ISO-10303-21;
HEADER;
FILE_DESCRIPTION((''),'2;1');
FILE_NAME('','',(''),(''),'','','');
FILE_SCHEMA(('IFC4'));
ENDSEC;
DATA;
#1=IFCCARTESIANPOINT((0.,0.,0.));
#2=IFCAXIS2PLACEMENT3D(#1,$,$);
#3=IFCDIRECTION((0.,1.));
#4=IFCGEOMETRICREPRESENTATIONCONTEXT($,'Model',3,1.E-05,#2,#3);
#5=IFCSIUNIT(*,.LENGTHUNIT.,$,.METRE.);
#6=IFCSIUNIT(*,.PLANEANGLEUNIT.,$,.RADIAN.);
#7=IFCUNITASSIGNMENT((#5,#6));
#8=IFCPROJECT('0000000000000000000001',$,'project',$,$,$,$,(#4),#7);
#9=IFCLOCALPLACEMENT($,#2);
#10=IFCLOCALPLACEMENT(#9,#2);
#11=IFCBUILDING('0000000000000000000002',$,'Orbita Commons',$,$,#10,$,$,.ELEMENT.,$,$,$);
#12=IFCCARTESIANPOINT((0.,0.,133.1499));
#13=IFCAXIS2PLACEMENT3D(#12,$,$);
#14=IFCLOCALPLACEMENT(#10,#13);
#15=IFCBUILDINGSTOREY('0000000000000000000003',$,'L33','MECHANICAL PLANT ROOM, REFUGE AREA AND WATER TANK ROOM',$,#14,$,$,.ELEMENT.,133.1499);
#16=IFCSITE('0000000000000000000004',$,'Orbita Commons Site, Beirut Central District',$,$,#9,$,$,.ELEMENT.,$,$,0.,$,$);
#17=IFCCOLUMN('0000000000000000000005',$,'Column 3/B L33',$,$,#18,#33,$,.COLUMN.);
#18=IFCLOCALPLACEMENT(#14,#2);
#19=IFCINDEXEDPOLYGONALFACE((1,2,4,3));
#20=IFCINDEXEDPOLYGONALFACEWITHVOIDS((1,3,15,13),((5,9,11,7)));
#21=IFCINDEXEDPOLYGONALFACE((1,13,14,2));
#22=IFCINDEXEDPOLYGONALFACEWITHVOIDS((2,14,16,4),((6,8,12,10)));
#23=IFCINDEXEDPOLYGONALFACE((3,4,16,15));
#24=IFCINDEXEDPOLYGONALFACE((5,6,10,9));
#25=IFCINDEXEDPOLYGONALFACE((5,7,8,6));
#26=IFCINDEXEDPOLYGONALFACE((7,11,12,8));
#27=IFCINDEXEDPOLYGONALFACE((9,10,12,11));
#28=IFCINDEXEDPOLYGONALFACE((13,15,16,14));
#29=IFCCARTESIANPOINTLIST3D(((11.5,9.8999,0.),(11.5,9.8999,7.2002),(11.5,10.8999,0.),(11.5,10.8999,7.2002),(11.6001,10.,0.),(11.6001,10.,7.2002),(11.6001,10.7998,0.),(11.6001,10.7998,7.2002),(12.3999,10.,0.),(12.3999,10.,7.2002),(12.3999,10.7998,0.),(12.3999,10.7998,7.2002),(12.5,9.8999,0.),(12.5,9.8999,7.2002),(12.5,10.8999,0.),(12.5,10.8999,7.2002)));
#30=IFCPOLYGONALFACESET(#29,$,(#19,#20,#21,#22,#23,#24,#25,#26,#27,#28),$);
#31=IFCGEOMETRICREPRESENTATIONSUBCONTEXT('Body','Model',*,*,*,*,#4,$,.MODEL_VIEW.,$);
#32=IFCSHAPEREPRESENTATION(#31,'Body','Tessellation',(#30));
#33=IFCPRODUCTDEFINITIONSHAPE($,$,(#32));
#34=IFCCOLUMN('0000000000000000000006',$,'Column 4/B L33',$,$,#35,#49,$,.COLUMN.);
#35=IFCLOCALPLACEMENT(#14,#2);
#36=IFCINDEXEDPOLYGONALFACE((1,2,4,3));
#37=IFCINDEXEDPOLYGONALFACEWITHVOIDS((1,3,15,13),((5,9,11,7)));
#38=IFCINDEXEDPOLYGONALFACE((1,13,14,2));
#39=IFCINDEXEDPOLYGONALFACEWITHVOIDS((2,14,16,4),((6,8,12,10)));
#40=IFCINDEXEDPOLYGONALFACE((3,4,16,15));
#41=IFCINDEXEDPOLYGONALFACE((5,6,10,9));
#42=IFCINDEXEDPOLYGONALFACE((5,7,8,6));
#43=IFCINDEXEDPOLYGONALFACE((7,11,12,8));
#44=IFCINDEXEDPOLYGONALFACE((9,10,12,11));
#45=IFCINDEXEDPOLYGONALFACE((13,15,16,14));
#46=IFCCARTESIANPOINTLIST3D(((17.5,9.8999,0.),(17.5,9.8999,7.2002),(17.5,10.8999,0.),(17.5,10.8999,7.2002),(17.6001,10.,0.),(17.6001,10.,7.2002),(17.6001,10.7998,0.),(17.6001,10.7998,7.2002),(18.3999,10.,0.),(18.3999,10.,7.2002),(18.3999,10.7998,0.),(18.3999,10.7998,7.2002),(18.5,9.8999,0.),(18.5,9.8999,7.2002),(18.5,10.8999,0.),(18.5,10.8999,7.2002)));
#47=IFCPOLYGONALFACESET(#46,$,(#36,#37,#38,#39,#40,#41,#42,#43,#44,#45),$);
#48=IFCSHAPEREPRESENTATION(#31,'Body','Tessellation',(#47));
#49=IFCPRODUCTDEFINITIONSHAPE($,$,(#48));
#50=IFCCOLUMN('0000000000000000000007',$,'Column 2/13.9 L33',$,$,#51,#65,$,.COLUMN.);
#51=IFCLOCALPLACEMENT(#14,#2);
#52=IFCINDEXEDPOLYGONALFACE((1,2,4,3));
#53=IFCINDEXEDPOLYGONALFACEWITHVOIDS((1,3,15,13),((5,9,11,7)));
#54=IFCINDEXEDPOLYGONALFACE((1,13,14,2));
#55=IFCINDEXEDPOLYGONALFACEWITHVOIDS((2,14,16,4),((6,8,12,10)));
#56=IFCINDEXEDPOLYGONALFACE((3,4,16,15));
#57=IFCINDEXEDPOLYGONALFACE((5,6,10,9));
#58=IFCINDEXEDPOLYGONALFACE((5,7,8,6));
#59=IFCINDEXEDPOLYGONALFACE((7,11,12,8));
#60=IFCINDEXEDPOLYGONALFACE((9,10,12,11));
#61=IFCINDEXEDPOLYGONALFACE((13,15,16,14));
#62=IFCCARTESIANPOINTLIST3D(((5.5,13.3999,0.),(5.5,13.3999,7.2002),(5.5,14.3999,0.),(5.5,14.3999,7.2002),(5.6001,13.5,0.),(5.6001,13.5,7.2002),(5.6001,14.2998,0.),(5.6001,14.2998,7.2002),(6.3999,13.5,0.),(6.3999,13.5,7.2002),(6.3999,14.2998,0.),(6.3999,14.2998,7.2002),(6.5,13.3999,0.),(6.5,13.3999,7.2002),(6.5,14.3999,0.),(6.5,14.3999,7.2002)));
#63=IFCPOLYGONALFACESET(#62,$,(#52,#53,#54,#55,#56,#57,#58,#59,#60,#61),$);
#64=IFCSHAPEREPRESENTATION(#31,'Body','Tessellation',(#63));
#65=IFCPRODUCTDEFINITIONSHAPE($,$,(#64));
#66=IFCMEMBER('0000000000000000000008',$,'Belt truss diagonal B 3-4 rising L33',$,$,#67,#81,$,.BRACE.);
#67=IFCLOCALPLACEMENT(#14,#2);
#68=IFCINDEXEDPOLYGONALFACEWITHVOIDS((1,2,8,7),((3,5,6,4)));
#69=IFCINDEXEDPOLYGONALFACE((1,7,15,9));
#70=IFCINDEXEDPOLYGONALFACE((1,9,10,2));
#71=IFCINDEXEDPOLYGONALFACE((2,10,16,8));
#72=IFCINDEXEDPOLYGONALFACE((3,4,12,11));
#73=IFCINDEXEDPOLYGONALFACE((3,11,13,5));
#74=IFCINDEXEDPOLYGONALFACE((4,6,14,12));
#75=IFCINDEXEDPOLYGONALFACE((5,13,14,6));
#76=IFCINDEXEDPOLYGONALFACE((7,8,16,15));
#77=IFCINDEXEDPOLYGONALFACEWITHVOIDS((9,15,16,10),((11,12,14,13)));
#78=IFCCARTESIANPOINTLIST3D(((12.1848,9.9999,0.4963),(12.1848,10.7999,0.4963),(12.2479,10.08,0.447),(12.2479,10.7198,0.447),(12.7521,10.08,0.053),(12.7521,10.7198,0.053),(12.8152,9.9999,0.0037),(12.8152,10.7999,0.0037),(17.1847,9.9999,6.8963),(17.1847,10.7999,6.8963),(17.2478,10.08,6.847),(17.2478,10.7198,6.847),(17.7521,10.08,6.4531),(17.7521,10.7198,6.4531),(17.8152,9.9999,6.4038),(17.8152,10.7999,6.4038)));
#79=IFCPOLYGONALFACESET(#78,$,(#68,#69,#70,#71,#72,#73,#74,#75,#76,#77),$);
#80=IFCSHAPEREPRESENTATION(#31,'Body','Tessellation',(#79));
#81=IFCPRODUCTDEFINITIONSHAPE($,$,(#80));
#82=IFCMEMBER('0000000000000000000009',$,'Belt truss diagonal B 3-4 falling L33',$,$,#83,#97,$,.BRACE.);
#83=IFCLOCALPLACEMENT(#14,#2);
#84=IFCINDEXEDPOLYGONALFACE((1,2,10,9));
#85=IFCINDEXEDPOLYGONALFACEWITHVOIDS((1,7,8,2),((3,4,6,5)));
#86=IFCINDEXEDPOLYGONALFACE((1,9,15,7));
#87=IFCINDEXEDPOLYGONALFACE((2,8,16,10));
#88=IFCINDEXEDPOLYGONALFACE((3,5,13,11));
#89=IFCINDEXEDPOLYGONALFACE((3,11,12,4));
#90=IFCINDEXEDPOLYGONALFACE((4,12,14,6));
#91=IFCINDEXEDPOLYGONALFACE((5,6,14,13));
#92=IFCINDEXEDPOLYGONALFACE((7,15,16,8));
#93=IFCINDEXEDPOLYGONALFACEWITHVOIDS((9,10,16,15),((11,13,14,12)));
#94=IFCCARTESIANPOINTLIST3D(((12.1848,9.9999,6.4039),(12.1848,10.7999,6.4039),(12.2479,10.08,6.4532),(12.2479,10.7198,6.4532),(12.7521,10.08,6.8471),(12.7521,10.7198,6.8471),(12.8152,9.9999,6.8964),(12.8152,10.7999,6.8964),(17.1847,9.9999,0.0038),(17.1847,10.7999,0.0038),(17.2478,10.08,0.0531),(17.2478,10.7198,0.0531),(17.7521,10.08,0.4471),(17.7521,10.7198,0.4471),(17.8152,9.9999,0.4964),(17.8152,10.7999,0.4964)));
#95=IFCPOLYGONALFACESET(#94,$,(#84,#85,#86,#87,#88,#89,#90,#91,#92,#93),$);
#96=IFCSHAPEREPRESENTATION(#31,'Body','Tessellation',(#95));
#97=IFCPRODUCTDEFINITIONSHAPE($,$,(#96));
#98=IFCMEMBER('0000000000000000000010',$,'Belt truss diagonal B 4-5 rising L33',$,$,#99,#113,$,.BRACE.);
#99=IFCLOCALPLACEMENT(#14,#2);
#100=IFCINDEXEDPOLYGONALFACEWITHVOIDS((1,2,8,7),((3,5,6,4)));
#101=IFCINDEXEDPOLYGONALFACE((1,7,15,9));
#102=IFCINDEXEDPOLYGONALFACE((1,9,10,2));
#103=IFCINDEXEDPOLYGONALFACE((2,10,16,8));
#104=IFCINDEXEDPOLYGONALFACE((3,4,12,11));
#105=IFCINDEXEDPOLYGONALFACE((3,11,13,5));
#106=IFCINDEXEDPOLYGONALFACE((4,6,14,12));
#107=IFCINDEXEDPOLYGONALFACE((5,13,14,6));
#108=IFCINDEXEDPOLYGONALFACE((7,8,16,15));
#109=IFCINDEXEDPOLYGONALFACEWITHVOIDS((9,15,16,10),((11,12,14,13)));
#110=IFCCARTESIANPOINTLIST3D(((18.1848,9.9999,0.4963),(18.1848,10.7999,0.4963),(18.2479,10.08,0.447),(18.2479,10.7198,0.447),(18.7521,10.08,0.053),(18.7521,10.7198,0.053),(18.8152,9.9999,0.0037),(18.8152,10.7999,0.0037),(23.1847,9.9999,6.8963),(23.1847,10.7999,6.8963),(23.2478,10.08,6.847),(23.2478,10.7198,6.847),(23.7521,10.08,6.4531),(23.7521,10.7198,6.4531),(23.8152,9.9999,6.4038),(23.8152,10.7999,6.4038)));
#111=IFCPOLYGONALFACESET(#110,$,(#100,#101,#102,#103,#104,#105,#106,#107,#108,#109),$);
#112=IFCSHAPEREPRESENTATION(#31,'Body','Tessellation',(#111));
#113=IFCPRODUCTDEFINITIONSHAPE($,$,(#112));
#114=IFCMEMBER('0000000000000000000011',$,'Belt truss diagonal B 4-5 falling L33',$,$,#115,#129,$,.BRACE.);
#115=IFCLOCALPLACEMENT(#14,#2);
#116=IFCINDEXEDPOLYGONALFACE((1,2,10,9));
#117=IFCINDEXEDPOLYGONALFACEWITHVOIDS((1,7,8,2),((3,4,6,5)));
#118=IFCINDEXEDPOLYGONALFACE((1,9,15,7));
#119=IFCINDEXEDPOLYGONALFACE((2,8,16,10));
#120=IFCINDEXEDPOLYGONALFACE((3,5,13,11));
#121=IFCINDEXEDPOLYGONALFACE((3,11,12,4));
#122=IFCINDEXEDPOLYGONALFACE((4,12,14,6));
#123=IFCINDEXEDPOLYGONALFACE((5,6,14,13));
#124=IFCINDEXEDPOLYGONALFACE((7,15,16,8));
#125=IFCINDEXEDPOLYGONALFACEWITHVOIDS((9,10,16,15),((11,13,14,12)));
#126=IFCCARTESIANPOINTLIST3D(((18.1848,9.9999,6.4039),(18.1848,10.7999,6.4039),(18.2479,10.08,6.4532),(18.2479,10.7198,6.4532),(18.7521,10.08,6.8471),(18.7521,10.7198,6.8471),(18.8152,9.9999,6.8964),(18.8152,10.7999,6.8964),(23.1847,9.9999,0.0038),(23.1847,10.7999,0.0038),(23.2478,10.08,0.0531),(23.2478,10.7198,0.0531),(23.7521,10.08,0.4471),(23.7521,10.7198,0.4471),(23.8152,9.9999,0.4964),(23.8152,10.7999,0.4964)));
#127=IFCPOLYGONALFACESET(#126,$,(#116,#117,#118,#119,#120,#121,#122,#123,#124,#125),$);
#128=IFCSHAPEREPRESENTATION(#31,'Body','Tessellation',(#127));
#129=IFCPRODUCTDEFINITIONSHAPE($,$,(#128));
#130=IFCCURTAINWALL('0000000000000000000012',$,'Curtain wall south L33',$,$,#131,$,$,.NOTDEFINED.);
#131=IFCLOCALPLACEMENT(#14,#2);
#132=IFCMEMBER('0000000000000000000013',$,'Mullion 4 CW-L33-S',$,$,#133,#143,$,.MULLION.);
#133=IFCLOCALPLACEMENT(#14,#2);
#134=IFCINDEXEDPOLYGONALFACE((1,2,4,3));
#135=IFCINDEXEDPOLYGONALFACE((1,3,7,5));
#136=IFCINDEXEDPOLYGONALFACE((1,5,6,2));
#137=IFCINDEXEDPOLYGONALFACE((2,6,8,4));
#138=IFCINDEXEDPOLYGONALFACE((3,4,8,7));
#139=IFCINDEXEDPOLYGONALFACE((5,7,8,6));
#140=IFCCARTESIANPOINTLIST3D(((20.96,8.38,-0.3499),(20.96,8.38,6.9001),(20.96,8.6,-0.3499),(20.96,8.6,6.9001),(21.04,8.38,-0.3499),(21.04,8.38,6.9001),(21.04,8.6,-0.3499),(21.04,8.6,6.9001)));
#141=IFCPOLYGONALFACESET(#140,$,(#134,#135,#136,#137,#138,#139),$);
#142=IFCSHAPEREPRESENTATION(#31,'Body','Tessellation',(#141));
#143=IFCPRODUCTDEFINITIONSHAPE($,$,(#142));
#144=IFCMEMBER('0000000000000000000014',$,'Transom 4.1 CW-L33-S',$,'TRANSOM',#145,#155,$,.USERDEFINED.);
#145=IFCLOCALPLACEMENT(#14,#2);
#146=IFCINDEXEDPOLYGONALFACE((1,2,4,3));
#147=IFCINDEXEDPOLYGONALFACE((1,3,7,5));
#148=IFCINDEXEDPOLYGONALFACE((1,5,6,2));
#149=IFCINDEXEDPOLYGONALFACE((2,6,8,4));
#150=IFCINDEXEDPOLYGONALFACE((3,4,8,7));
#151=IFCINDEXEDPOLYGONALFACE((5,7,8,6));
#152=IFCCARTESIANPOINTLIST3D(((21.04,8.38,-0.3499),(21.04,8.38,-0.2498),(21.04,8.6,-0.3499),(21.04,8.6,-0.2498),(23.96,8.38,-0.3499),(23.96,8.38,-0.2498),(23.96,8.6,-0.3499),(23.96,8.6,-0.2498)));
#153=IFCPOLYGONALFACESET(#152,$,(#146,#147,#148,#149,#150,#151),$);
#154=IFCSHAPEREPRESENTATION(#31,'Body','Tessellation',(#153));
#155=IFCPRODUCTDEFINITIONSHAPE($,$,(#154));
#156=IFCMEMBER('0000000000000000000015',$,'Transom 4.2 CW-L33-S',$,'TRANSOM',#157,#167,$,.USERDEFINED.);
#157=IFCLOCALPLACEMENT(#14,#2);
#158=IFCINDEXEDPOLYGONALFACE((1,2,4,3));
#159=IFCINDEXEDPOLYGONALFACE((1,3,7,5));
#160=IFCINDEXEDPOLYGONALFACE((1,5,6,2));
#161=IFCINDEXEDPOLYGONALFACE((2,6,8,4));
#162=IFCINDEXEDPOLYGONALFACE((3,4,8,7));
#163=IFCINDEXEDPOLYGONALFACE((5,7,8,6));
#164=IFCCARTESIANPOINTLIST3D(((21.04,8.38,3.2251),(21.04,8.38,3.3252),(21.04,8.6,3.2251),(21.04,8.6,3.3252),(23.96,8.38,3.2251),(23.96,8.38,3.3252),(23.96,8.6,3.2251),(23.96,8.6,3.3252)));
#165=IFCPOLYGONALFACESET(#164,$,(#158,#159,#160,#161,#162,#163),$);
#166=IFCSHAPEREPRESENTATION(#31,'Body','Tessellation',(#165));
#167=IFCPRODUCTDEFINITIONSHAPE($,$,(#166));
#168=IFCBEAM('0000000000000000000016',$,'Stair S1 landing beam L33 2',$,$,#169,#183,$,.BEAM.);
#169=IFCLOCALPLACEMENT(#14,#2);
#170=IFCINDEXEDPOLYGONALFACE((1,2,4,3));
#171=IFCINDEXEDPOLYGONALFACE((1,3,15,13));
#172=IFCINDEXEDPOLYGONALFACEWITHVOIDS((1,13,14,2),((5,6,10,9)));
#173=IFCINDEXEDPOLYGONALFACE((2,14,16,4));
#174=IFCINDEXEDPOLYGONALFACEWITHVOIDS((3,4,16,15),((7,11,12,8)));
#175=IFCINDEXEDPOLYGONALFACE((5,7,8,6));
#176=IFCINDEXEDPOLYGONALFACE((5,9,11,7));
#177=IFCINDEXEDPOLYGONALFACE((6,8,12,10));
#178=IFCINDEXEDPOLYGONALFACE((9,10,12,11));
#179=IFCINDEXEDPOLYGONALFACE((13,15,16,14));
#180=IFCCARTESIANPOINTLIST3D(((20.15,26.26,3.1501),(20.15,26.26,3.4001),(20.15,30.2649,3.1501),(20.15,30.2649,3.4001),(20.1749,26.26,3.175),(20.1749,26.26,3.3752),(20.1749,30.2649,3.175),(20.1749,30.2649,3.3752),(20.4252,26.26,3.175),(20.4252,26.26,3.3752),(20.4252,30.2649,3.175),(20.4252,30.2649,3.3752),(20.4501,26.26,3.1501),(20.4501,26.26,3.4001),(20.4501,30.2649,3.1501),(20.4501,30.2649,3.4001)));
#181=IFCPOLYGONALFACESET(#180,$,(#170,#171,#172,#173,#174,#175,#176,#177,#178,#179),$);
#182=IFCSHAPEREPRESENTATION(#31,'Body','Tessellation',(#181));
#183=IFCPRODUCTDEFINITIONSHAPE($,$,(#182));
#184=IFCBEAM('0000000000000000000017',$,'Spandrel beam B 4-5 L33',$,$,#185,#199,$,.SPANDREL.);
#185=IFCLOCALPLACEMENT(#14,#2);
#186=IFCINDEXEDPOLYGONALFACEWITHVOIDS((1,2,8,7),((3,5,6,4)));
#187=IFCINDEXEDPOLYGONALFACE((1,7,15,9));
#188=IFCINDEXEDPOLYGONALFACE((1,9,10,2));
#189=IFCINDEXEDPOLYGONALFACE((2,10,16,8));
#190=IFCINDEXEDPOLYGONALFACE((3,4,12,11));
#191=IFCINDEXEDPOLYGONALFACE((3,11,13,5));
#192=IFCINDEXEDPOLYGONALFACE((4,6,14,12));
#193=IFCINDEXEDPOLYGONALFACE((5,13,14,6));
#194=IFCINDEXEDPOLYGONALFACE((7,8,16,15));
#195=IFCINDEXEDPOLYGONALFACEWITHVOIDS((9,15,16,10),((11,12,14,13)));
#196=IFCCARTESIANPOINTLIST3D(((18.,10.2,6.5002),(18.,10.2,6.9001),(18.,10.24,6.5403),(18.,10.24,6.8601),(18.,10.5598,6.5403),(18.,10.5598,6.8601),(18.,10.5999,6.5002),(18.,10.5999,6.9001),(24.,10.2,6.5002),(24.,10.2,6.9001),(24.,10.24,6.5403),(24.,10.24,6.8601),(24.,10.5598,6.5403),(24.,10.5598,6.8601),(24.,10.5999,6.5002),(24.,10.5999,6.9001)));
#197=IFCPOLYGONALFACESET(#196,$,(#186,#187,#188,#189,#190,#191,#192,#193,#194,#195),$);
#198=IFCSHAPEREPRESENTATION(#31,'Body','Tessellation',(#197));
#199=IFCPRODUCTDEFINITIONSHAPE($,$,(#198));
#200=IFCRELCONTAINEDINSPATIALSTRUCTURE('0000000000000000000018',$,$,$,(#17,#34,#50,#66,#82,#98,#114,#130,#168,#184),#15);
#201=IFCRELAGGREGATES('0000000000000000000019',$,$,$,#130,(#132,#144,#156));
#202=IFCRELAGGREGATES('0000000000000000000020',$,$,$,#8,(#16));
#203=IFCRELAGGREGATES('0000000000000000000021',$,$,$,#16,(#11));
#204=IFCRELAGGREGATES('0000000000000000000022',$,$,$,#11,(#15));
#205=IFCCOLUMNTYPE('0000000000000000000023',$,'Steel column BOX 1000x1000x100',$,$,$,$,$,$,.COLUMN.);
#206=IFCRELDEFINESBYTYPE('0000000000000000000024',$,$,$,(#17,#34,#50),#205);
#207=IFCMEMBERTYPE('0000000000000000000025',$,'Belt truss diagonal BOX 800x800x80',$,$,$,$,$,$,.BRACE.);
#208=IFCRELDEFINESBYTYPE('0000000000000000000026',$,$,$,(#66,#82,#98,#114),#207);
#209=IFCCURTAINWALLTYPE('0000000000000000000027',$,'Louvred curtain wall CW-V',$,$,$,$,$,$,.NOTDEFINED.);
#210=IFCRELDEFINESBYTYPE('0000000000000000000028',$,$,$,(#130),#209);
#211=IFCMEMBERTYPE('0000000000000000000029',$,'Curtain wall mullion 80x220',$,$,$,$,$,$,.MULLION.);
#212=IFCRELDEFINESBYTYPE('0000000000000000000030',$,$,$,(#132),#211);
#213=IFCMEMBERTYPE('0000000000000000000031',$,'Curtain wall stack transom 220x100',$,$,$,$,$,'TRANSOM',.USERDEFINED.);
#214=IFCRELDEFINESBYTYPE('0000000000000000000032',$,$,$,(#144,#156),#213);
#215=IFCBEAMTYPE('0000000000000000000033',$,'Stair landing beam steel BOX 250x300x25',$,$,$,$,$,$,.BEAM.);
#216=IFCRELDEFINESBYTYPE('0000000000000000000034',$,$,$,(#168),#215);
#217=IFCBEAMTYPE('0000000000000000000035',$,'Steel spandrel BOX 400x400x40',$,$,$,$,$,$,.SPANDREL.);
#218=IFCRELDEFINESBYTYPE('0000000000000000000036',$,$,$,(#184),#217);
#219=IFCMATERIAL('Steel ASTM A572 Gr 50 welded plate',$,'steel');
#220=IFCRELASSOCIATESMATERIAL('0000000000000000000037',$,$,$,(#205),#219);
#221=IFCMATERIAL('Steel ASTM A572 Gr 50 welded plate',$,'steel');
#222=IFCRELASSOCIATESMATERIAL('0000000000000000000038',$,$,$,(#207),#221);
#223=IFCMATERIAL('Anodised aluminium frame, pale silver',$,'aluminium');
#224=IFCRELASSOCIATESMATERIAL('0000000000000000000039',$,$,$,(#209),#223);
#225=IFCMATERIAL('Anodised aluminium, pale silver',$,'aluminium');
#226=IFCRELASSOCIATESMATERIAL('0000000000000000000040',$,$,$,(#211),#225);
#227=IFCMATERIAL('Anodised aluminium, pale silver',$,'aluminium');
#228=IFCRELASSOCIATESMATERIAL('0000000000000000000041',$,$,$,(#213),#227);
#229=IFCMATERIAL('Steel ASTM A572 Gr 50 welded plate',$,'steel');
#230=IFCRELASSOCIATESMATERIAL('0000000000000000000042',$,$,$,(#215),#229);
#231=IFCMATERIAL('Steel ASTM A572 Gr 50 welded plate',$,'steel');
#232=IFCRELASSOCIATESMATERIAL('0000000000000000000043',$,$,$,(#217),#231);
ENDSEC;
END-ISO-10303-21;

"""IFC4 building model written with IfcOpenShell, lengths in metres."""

from ifc_helpers import new_model, si_unit, direction, frame, origin, origin_2d, place, context, subcontext, project, spatial, rectangle, hollow_rectangle, extrude, material, material_profile, profile_set, type_object, element, aggregate, save


model = new_model("IFC4")

# Units and contexts
model_context = context("Model", 3, precision=1e-05, world=origin(), true_north=direction((0.0, 1.0)))
body_context = subcontext(model_context, "Body", "Model", "MODEL_VIEW")
ifc_project = project(units=[si_unit("LENGTHUNIT", "METRE"), si_unit("PLANEANGLEUNIT", "RADIAN")], contexts=[model_context])

# Site, building, storey
site_placement = place(None, origin())
site = spatial("IfcSite", under=ifc_project, at=site_placement, Name="Orbita Commons Site, Beirut Central District", CompositionType="ELEMENT", RefElevation=0.0)
building_placement = place(site_placement, origin())
building = spatial("IfcBuilding", under=site, at=building_placement, Name="Orbita Commons", CompositionType="ELEMENT")
storey_placement = place(building_placement, frame((0.0, 0.0, 133.1499)))
storey = spatial("IfcBuildingStorey", under=building, at=storey_placement, Name="L33", Description="MECHANICAL PLANT ROOM, REFUGE AREA AND WATER TANK ROOM", CompositionType="ELEMENT", Elevation=133.1499)

# Columns
ifc_material_1 = material(Name="Steel ASTM A572 Gr 50 welded plate", Category="steel")
ifc_material_profile_1 = material_profile(ifc_material_1, hollow_rectangle(XDim=1.0, YDim=1.0, WallThickness=0.1001, at=origin_2d()), Name="BOX 1000x1000x100")
ifc_profile_set_1 = profile_set([ifc_material_profile_1], Name="Steel ASTM A572 Gr 50 welded plate")
column_type = type_object("IfcColumnType", Name="Steel column BOX 1000x1000x100", PredefinedType="COLUMN", material=ifc_profile_set_1)
for number, where, z_axis, x_axis, name in (
    (1, (12.0, 10.3999, 0.0), (0.0, 0.0, 1.0), (1.0, 0.0, 0.0), "Column 3/B L33"),
    (2, (18.0, 10.3999, 0.0), (0.0, 0.0, 1.0), (1.0, 0.0, 0.0), "Column 4/B L33"),
    (3, (6.0, 13.8999, 0.0), (0.0, 0.0, 1.0), (1.0, 0.0, 0.0), "Column 2/13.9 L33"),
):
    element("IfcColumn", number, at=place(storey_placement, frame(where, z_axis=z_axis, x_axis=x_axis)), inside=storey, type_object=column_type, Name=name, PredefinedType="COLUMN", context=body_context, shape_type="SweptSolid", body=[
        extrude(hollow_rectangle(XDim=1.0, YDim=1.0, WallThickness=0.1001, at=origin_2d()), origin(), (0.0, 0.0, 1.0), 7.2002),
    ])

# Members
ifc_material_2 = material(Name="Steel ASTM A572 Gr 50 welded plate", Category="steel")
ifc_material_profile_2 = material_profile(ifc_material_2, hollow_rectangle(XDim=0.8, YDim=0.8, WallThickness=0.0801, at=origin_2d()), Name="BOX 800x800x80")
ifc_profile_set_2 = profile_set([ifc_material_profile_2], Name="Steel ASTM A572 Gr 50 welded plate")
member_type_1 = type_object("IfcMemberType", Name="Belt truss diagonal BOX 800x800x80", PredefinedType="BRACE", material=ifc_profile_set_2)
for number, where, z_axis, x_axis, name in (
    (4, (12.5, 10.3999, 0.25), (0.615635, 0.0, 0.788031), (0.0, 1.0, 0.0), "Belt truss diagonal B 3-4 rising L33"),
    (5, (12.5, 10.3999, 6.6501), (0.615635, 0.0, -0.788031), (0.0, 1.0, 0.0), "Belt truss diagonal B 3-4 falling L33"),
    (6, (18.5, 10.3999, 0.25), (0.615635, 0.0, 0.788031), (0.0, 1.0, 0.0), "Belt truss diagonal B 4-5 rising L33"),
    (7, (18.5, 10.3999, 6.6501), (0.615635, 0.0, -0.788031), (0.0, 1.0, 0.0), "Belt truss diagonal B 4-5 falling L33"),
):
    element("IfcMember", number, at=place(storey_placement, frame(where, z_axis=z_axis, x_axis=x_axis)), inside=storey, type_object=member_type_1, Name=name, PredefinedType="BRACE", context=body_context, shape_type="SweptSolid", body=[
        extrude(hollow_rectangle(XDim=0.8, YDim=0.8, WallThickness=0.0801, at=origin_2d()), origin(), (0.0, 0.0, 1.0), 8.1216),
    ])

# Curtain wall, members
ifc_material_3 = material(Name="Anodised aluminium frame, pale silver", Category="aluminium")
curtain_wall_type = type_object("IfcCurtainWallType", Name="Louvred curtain wall CW-V", PredefinedType="NOTDEFINED", material=ifc_material_3)
curtain_wall_placement = place(storey_placement, origin())
curtain_wall = element("IfcCurtainWall", 8, at=curtain_wall_placement, inside=storey, type_object=curtain_wall_type, Name="Curtain wall south L33", PredefinedType="NOTDEFINED")
ifc_material_4 = material(Name="Anodised aluminium, pale silver", Category="aluminium")
ifc_material_profile_3 = material_profile(ifc_material_4, rectangle(XDim=0.0801, YDim=0.22, at=origin_2d()), Name="AL 80x220")
ifc_profile_set_3 = profile_set([ifc_material_profile_3], Name="Anodised aluminium, pale silver")
member_type_2 = type_object("IfcMemberType", Name="Curtain wall mullion 80x220", PredefinedType="MULLION", material=ifc_profile_set_3)
member_1_placement = place(storey_placement, frame((21.0, 8.49, -0.3499), z_axis=(0.0, 0.0, 1.0), x_axis=(1.0, 0.0, 0.0)))
member_1 = element("IfcMember", 9, at=member_1_placement, type_object=member_type_2, Name="Mullion 4 CW-L33-S", PredefinedType="MULLION", context=body_context, shape_type="SweptSolid", body=[
    extrude(rectangle(XDim=0.0801, YDim=0.22, at=origin_2d()), origin(), (0.0, 0.0, 1.0), 7.25),
])
ifc_material_5 = material(Name="Anodised aluminium, pale silver", Category="aluminium")
ifc_material_profile_4 = material_profile(ifc_material_5, rectangle(XDim=0.22, YDim=0.1001, at=origin_2d()), Name="AL 220x100")
ifc_profile_set_4 = profile_set([ifc_material_profile_4], Name="Anodised aluminium, pale silver")
member_type_3 = type_object("IfcMemberType", Name="Curtain wall stack transom 220x100", ElementType="TRANSOM", PredefinedType="USERDEFINED", material=ifc_profile_set_4)
member_2_placement = place(storey_placement, frame((21.04, 8.49, -0.2998), z_axis=(1.0, 0.0, 0.0), x_axis=(0.0, 1.0, 0.0)))
member_2 = element("IfcMember", 10, at=member_2_placement, type_object=member_type_3, Name="Transom 4.1 CW-L33-S", ObjectType="TRANSOM", PredefinedType="USERDEFINED", context=body_context, shape_type="SweptSolid", body=[
    extrude(rectangle(XDim=0.22, YDim=0.1001, at=origin_2d()), origin(), (0.0, 0.0, 1.0), 2.9199),
])
member_3_placement = place(storey_placement, frame((21.04, 8.49, 3.2751), z_axis=(1.0, 0.0, 0.0), x_axis=(0.0, 1.0, 0.0)))
member_3 = element("IfcMember", 11, at=member_3_placement, type_object=member_type_3, Name="Transom 4.2 CW-L33-S", ObjectType="TRANSOM", PredefinedType="USERDEFINED", context=body_context, shape_type="SweptSolid", body=[
    extrude(rectangle(XDim=0.22, YDim=0.1001, at=origin_2d()), origin(), (0.0, 0.0, 1.0), 2.9199),
])

# Beams
ifc_material_6 = material(Name="Steel ASTM A572 Gr 50 welded plate", Category="steel")
ifc_material_profile_5 = material_profile(ifc_material_6, hollow_rectangle(XDim=0.3, YDim=0.25, WallThickness=0.0249, at=origin_2d()), Name="BOX 250x300x25")
ifc_profile_set_5 = profile_set([ifc_material_profile_5], Name="Steel ASTM A572 Gr 50 welded plate")
beam_type_1 = type_object("IfcBeamType", Name="Stair landing beam steel BOX 250x300x25", PredefinedType="BEAM", material=ifc_profile_set_5)
beam_1_placement = place(storey_placement, frame((20.3, 26.26, 3.2751), z_axis=(0.0, 1.0, 0.0), x_axis=(-1.0, 0.0, 0.0)))
element("IfcBeam", 12, at=beam_1_placement, inside=storey, type_object=beam_type_1, Name="Stair S1 landing beam L33 2", PredefinedType="BEAM", context=body_context, shape_type="SweptSolid", body=[
    extrude(hollow_rectangle(XDim=0.3, YDim=0.25, WallThickness=0.0249, at=origin_2d()), origin(), (0.0, 0.0, 1.0), 4.0049),
])
ifc_material_7 = material(Name="Steel ASTM A572 Gr 50 welded plate", Category="steel")
ifc_material_profile_6 = material_profile(ifc_material_7, hollow_rectangle(XDim=0.3999, YDim=0.3999, WallThickness=0.04, at=origin_2d()), Name="BOX 400x400x40")
ifc_profile_set_6 = profile_set([ifc_material_profile_6], Name="Steel ASTM A572 Gr 50 welded plate")
beam_type_2 = type_object("IfcBeamType", Name="Steel spandrel BOX 400x400x40", PredefinedType="SPANDREL", material=ifc_profile_set_6)
beam_2_placement = place(storey_placement, frame((18.0, 10.3999, 6.7002), z_axis=(1.0, 0.0, 0.0), x_axis=(0.0, 1.0, 0.0)))
element("IfcBeam", 13, at=beam_2_placement, inside=storey, type_object=beam_type_2, Name="Spandrel beam B 4-5 L33", PredefinedType="SPANDREL", context=body_context, shape_type="SweptSolid", body=[
    extrude(hollow_rectangle(XDim=0.3999, YDim=0.3999, WallThickness=0.04, at=origin_2d()), origin(), (0.0, 0.0, 1.0), 6.0),
])

aggregate(curtain_wall, [member_1, member_2, member_3])

save(model, "model.ifc")
